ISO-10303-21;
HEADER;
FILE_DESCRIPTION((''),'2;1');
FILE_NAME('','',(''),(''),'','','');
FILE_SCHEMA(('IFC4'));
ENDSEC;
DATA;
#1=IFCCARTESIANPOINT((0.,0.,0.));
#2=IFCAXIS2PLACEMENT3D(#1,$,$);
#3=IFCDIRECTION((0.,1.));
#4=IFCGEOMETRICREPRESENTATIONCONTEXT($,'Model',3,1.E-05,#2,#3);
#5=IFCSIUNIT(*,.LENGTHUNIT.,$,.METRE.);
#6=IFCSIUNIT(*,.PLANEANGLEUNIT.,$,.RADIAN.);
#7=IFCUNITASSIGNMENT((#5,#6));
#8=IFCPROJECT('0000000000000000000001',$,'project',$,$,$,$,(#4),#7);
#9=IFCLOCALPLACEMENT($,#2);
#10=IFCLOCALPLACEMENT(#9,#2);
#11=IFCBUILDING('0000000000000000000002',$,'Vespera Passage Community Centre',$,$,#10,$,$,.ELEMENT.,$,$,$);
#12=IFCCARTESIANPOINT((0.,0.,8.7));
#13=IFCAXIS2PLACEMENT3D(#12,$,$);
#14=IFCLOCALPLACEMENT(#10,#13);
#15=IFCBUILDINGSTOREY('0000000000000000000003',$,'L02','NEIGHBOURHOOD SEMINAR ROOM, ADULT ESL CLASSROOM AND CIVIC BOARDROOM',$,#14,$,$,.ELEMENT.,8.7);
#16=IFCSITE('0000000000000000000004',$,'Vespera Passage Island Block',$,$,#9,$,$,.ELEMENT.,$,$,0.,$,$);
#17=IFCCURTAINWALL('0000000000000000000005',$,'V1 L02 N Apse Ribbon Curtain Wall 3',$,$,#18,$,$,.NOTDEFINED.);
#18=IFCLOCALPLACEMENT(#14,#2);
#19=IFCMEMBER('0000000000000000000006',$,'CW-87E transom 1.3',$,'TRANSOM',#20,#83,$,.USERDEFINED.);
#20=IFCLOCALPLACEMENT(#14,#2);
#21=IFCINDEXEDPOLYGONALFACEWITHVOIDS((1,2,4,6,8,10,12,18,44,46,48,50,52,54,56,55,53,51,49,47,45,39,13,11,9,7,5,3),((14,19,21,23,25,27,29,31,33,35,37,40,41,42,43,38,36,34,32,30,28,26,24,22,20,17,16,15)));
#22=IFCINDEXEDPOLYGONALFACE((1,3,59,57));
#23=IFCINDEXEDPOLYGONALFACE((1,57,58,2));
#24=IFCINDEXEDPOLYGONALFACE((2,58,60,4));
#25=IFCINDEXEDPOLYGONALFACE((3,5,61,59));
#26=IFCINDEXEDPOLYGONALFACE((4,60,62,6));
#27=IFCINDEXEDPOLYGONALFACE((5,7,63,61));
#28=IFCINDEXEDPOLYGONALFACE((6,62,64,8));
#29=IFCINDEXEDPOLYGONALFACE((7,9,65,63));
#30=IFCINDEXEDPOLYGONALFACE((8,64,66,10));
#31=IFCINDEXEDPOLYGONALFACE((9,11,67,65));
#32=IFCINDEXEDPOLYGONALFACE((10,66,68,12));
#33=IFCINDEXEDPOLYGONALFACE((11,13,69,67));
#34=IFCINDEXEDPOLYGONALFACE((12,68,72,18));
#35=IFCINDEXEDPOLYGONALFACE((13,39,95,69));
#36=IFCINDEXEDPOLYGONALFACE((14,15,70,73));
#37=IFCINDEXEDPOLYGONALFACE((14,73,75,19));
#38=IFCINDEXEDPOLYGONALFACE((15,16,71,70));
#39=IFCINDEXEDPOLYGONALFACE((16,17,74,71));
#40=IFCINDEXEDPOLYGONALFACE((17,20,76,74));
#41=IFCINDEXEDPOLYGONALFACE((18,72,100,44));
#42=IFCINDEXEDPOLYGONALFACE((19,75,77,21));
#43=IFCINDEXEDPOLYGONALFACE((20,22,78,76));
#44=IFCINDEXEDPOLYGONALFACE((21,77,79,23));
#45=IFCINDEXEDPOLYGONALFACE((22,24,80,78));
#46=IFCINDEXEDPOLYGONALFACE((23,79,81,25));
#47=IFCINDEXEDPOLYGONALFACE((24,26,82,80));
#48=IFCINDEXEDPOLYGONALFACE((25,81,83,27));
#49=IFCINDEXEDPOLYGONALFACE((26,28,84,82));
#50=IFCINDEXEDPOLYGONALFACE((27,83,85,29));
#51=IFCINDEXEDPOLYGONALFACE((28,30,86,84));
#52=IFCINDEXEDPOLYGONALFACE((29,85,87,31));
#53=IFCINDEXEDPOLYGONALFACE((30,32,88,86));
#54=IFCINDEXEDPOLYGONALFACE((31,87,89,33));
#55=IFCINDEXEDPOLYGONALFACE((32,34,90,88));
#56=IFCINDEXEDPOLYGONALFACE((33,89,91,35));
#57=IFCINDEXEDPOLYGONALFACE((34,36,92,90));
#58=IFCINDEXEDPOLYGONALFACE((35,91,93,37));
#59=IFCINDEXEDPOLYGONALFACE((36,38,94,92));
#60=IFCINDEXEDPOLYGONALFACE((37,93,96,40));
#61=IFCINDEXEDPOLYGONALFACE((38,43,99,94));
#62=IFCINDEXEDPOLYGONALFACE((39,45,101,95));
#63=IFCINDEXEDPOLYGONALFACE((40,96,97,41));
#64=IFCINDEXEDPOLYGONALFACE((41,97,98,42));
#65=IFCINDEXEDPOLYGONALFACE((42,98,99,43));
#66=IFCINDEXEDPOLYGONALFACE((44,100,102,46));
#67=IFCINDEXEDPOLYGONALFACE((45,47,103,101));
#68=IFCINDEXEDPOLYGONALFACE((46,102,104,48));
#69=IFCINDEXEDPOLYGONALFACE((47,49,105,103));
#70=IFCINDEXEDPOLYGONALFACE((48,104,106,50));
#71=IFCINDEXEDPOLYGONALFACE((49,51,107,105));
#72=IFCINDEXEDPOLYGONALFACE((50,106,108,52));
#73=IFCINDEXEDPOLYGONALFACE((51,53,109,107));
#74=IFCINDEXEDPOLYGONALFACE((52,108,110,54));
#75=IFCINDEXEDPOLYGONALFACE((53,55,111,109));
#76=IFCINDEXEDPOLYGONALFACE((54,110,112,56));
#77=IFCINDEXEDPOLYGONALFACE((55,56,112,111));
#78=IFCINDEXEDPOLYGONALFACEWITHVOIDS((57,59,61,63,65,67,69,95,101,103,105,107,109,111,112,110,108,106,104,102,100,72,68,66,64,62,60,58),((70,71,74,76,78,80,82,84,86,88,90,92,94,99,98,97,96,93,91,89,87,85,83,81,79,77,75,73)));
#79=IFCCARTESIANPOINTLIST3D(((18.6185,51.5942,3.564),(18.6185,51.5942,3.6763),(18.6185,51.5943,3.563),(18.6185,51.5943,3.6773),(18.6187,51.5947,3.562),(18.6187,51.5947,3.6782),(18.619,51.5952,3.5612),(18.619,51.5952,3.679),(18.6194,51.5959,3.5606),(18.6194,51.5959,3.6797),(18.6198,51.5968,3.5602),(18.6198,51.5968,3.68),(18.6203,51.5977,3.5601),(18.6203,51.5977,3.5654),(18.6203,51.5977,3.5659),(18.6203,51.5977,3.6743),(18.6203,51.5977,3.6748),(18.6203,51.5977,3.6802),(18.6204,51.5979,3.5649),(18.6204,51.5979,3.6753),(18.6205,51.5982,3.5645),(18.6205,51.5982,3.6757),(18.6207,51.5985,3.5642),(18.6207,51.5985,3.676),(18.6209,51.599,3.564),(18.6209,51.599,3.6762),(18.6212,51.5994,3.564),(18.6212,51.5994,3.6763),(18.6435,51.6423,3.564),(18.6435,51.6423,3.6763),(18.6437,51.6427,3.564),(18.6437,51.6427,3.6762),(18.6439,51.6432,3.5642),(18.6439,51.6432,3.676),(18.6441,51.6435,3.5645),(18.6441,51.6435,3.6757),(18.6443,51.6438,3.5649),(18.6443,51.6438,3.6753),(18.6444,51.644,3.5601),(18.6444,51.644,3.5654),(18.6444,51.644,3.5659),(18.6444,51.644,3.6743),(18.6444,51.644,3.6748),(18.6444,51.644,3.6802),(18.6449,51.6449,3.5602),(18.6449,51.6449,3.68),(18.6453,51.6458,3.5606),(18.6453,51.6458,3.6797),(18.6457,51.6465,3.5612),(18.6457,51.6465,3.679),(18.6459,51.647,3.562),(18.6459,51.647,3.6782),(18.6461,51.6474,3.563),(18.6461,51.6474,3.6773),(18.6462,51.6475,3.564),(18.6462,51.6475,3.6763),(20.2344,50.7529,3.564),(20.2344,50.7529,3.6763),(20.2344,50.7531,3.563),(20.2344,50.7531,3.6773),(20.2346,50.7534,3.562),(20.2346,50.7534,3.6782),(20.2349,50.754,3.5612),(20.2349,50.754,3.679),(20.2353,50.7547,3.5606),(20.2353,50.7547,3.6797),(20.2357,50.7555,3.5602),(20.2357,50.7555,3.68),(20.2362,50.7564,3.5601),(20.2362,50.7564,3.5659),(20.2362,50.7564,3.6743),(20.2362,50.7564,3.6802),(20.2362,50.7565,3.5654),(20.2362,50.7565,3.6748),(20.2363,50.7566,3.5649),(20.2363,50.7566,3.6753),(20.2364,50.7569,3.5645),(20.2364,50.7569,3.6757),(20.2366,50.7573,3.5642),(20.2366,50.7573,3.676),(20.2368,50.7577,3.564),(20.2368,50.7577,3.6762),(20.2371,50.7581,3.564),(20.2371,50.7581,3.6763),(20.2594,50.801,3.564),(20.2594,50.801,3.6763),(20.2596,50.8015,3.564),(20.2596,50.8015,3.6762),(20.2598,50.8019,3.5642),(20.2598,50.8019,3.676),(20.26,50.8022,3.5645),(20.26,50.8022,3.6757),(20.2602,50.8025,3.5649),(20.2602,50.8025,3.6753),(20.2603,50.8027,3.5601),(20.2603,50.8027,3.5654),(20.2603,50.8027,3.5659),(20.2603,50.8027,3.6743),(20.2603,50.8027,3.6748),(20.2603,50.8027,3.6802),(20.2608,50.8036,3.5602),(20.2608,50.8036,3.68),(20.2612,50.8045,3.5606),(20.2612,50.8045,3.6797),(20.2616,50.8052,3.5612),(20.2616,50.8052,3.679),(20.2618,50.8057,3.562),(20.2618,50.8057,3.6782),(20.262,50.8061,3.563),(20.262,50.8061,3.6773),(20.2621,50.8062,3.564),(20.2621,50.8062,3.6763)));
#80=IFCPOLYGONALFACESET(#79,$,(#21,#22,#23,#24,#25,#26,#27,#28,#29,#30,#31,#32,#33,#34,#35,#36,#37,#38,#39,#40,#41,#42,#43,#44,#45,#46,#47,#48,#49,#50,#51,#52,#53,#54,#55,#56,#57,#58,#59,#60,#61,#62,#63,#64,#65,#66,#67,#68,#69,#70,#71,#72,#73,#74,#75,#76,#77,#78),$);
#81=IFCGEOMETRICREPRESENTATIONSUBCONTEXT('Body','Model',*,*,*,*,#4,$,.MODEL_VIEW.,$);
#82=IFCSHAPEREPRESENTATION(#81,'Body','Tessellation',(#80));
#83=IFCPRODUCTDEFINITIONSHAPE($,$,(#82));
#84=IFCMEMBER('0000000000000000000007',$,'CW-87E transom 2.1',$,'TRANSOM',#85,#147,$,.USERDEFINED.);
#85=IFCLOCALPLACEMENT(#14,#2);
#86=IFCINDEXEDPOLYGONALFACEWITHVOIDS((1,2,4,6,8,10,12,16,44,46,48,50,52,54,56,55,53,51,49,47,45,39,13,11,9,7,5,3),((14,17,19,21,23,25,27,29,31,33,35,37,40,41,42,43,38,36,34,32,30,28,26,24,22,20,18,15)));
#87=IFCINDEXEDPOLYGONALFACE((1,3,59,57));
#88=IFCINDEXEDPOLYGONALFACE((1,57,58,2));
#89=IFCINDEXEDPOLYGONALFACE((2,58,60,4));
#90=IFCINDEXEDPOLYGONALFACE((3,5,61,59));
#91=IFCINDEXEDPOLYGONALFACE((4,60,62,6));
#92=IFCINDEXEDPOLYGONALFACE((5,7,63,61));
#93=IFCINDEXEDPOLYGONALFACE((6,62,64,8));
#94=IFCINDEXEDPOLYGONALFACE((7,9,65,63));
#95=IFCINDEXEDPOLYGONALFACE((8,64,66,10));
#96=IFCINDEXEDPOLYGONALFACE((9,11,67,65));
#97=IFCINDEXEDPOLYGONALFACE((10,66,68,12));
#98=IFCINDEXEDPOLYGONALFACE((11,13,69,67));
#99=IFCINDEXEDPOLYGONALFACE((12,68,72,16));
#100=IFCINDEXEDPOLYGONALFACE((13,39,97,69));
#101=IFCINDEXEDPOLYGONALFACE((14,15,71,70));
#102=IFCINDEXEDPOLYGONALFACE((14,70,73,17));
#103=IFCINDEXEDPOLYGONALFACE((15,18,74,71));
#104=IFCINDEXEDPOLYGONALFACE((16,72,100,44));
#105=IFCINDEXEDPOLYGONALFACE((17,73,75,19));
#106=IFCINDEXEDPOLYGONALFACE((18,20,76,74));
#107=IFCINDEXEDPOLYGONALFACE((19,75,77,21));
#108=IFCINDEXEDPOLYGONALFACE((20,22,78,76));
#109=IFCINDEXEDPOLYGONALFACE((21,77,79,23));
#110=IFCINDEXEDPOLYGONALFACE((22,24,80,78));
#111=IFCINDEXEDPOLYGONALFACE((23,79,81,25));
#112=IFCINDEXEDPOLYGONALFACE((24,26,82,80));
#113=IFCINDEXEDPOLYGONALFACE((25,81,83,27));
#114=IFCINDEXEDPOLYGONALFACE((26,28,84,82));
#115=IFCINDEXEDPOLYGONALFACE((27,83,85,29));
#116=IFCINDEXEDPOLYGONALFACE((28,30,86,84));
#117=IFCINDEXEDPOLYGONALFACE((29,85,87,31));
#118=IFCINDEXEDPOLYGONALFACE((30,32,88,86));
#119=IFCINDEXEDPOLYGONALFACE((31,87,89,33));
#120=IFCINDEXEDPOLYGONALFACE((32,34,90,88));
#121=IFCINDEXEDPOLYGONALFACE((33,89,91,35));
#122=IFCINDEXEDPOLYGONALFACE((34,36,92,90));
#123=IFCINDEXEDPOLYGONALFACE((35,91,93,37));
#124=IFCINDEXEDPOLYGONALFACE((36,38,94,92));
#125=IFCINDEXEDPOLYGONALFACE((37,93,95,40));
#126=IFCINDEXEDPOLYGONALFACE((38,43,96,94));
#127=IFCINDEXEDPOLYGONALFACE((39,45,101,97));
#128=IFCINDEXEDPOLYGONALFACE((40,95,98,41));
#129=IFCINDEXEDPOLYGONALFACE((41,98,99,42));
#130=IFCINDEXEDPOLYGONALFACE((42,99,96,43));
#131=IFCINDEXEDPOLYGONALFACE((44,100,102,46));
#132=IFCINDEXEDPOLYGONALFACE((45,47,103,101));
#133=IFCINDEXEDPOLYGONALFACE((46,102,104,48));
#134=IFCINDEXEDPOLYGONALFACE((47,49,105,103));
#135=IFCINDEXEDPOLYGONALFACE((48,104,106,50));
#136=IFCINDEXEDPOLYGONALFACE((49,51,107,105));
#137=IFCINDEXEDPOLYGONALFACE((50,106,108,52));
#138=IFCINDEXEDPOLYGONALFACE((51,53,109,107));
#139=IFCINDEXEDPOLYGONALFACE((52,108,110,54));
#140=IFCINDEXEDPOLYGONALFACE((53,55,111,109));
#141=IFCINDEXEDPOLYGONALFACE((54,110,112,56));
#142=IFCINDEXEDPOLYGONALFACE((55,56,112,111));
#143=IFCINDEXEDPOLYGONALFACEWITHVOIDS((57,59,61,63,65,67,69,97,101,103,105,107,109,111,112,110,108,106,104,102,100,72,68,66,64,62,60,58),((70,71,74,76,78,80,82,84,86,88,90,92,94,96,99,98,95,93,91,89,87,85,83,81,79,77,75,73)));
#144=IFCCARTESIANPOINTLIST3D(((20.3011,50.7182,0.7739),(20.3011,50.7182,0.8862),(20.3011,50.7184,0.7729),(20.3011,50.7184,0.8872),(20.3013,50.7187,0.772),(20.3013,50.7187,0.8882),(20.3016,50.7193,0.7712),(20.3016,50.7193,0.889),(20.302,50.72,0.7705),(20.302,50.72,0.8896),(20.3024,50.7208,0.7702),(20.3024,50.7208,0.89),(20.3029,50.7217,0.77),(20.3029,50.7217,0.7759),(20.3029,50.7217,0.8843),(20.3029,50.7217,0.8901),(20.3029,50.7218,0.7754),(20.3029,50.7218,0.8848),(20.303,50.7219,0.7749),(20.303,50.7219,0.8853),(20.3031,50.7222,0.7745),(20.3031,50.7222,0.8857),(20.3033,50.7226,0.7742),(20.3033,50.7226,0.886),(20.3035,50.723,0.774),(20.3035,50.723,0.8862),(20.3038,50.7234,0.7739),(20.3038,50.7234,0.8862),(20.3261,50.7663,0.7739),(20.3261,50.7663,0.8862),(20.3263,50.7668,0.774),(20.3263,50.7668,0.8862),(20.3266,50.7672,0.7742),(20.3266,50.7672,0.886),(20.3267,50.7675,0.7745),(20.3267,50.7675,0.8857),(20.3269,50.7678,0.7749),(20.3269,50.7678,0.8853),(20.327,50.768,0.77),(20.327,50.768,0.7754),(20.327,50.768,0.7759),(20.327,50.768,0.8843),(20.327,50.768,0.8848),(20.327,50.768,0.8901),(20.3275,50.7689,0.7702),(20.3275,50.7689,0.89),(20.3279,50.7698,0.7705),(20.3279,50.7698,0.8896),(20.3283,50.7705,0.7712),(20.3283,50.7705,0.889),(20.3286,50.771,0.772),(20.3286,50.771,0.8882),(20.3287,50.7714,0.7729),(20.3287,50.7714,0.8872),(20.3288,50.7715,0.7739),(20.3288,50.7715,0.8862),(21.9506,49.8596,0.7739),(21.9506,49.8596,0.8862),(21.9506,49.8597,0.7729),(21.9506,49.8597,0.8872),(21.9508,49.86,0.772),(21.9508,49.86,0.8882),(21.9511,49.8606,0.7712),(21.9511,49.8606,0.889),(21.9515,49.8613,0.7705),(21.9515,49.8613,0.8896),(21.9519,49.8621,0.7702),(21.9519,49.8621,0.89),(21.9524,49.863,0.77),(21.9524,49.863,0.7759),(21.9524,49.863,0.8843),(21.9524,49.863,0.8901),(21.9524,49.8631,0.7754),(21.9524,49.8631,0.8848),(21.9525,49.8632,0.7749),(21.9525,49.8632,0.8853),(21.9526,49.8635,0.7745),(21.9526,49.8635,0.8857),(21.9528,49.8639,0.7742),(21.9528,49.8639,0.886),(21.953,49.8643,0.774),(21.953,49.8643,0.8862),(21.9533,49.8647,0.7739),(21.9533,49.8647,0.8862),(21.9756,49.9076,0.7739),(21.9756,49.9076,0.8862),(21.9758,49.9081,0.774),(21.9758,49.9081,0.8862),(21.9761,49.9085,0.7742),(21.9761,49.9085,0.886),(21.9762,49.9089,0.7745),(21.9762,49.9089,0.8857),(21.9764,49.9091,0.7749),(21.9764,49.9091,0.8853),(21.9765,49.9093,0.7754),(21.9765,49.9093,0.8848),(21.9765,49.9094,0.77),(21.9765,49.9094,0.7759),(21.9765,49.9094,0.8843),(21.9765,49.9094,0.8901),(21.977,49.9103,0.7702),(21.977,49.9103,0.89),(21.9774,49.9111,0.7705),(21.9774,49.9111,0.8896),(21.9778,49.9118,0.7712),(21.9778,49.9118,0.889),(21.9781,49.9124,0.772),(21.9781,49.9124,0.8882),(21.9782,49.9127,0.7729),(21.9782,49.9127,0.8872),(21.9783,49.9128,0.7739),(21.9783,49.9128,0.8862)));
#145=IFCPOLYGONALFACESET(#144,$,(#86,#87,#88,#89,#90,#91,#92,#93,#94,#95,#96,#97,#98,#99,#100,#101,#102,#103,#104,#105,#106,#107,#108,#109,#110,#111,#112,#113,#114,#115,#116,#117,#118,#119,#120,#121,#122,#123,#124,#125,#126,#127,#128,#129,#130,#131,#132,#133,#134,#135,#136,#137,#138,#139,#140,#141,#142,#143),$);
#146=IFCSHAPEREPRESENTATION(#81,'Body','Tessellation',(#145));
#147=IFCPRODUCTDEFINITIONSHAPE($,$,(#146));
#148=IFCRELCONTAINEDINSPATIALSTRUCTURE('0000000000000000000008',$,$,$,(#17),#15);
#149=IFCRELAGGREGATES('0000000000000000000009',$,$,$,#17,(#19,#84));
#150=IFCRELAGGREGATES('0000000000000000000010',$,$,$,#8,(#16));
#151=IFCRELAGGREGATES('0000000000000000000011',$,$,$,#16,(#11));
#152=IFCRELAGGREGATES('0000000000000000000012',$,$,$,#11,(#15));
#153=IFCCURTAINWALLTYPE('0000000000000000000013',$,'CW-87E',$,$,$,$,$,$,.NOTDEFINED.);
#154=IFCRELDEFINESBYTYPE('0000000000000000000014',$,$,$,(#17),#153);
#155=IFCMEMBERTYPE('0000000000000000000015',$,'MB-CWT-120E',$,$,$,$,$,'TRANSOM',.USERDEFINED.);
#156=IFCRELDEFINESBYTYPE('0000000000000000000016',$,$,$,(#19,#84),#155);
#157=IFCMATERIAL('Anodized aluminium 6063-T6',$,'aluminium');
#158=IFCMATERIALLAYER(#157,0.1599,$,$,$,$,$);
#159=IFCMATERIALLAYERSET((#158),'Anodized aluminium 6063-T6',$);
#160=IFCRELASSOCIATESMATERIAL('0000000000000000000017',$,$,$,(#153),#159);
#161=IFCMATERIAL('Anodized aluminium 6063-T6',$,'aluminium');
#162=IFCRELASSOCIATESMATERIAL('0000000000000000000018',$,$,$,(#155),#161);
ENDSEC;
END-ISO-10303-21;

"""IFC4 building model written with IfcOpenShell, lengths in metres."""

from ifc_helpers import new_model, si_unit, direction, frame, origin, origin_2d, place, context, subcontext, project, spatial, hollow_rectangle, extrude, material, layer, layer_set, material_profile, profile_set, type_object, element, aggregate, save


model = new_model("IFC4")

# Units and contexts
model_context = context("Model", 3, precision=1e-05, world=origin(), true_north=direction((0.0, 1.0)))
body_context = subcontext(model_context, "Body", "Model", "MODEL_VIEW")
ifc_project = project(units=[si_unit("LENGTHUNIT", "METRE"), si_unit("PLANEANGLEUNIT", "RADIAN")], contexts=[model_context])

# Site, building, storey
site_placement = place(None, origin())
site = spatial("IfcSite", under=ifc_project, at=site_placement, Name="Vespera Passage Island Block", CompositionType="ELEMENT", RefElevation=0.0)
building_placement = place(site_placement, origin())
building = spatial("IfcBuilding", under=site, at=building_placement, Name="Vespera Passage Community Centre", CompositionType="ELEMENT")
storey_placement = place(building_placement, frame((0.0, 0.0, 8.7)))
storey = spatial("IfcBuildingStorey", under=building, at=storey_placement, Name="L02", Description="NEIGHBOURHOOD SEMINAR ROOM, ADULT ESL CLASSROOM AND CIVIC BOARDROOM", CompositionType="ELEMENT", Elevation=8.7)

# Shared definitions
ifc_material_1 = material(Name="Anodized aluminium 6063-T6", Category="aluminium")
ifc_layer_1 = layer(ifc_material_1, 0.1599)
ifc_layer_set_1 = layer_set([ifc_layer_1], Name="Anodized aluminium 6063-T6")
curtain_wall_type = type_object("IfcCurtainWallType", Name="CW-87E", PredefinedType="NOTDEFINED", material=ifc_layer_set_1)

# Curtain wall
curtain_wall_1_placement = place(storey_placement, origin())
curtain_wall_1 = element("IfcCurtainWall", 1, at=curtain_wall_1_placement, inside=storey, type_object=curtain_wall_type, Name="V1 L02 N Apse Ribbon Curtain Wall 3", PredefinedType="NOTDEFINED")

# Members
ifc_material_2 = material(Name="Anodized aluminium 6063-T6", Category="aluminium")
ifc_material_profile_1 = material_profile(ifc_material_2, hollow_rectangle(XDim=0.0601, YDim=0.1201, WallThickness=0.0039, InnerFilletRadius=0.002, OuterFilletRadius=0.0039, at=origin_2d()), Name="ALU120X60X4")
ifc_profile_set_1 = profile_set([ifc_material_profile_1], Name="Anodized aluminium 6063-T6")
member_type_1 = type_object("IfcMemberType", Name="MB-CWT-120E", ElementType="TRANSOM", PredefinedType="USERDEFINED", material=ifc_profile_set_1)
member_1_placement = place(storey_placement, frame((18.6323, 51.6208, 3.6201), z_axis=(0.886991, -0.461787, 0.0), x_axis=(0.461787, 0.886991, 0.0)))
member_1 = element("IfcMember", 2, at=member_1_placement, type_object=member_type_1, Name="CW-87E transom 1.3", ObjectType="TRANSOM", PredefinedType="USERDEFINED", context=body_context, shape_type="SweptSolid", body=[
    extrude(hollow_rectangle(XDim=0.0601, YDim=0.1201, WallThickness=0.0039, InnerFilletRadius=0.002, OuterFilletRadius=0.0039, at=origin_2d()), origin(), (0.0, 0.0, 1.0), 1.8218),
])
member_2_placement = place(storey_placement, frame((20.3149, 50.7449, 0.8301), z_axis=(0.887008, -0.461754, 0.0), x_axis=(0.461754, 0.887008, 0.0)))
member_2 = element("IfcMember", 3, at=member_2_placement, type_object=member_type_1, Name="CW-87E transom 2.1", ObjectType="TRANSOM", PredefinedType="USERDEFINED", context=body_context, shape_type="SweptSolid", body=[
    extrude(hollow_rectangle(XDim=0.0601, YDim=0.1201, WallThickness=0.0039, InnerFilletRadius=0.002, OuterFilletRadius=0.0039, at=origin_2d()), origin(), (0.0, 0.0, 1.0), 1.8596),
])

aggregate(curtain_wall_1, [member_1, member_2])

save(model, "model.ifc")
